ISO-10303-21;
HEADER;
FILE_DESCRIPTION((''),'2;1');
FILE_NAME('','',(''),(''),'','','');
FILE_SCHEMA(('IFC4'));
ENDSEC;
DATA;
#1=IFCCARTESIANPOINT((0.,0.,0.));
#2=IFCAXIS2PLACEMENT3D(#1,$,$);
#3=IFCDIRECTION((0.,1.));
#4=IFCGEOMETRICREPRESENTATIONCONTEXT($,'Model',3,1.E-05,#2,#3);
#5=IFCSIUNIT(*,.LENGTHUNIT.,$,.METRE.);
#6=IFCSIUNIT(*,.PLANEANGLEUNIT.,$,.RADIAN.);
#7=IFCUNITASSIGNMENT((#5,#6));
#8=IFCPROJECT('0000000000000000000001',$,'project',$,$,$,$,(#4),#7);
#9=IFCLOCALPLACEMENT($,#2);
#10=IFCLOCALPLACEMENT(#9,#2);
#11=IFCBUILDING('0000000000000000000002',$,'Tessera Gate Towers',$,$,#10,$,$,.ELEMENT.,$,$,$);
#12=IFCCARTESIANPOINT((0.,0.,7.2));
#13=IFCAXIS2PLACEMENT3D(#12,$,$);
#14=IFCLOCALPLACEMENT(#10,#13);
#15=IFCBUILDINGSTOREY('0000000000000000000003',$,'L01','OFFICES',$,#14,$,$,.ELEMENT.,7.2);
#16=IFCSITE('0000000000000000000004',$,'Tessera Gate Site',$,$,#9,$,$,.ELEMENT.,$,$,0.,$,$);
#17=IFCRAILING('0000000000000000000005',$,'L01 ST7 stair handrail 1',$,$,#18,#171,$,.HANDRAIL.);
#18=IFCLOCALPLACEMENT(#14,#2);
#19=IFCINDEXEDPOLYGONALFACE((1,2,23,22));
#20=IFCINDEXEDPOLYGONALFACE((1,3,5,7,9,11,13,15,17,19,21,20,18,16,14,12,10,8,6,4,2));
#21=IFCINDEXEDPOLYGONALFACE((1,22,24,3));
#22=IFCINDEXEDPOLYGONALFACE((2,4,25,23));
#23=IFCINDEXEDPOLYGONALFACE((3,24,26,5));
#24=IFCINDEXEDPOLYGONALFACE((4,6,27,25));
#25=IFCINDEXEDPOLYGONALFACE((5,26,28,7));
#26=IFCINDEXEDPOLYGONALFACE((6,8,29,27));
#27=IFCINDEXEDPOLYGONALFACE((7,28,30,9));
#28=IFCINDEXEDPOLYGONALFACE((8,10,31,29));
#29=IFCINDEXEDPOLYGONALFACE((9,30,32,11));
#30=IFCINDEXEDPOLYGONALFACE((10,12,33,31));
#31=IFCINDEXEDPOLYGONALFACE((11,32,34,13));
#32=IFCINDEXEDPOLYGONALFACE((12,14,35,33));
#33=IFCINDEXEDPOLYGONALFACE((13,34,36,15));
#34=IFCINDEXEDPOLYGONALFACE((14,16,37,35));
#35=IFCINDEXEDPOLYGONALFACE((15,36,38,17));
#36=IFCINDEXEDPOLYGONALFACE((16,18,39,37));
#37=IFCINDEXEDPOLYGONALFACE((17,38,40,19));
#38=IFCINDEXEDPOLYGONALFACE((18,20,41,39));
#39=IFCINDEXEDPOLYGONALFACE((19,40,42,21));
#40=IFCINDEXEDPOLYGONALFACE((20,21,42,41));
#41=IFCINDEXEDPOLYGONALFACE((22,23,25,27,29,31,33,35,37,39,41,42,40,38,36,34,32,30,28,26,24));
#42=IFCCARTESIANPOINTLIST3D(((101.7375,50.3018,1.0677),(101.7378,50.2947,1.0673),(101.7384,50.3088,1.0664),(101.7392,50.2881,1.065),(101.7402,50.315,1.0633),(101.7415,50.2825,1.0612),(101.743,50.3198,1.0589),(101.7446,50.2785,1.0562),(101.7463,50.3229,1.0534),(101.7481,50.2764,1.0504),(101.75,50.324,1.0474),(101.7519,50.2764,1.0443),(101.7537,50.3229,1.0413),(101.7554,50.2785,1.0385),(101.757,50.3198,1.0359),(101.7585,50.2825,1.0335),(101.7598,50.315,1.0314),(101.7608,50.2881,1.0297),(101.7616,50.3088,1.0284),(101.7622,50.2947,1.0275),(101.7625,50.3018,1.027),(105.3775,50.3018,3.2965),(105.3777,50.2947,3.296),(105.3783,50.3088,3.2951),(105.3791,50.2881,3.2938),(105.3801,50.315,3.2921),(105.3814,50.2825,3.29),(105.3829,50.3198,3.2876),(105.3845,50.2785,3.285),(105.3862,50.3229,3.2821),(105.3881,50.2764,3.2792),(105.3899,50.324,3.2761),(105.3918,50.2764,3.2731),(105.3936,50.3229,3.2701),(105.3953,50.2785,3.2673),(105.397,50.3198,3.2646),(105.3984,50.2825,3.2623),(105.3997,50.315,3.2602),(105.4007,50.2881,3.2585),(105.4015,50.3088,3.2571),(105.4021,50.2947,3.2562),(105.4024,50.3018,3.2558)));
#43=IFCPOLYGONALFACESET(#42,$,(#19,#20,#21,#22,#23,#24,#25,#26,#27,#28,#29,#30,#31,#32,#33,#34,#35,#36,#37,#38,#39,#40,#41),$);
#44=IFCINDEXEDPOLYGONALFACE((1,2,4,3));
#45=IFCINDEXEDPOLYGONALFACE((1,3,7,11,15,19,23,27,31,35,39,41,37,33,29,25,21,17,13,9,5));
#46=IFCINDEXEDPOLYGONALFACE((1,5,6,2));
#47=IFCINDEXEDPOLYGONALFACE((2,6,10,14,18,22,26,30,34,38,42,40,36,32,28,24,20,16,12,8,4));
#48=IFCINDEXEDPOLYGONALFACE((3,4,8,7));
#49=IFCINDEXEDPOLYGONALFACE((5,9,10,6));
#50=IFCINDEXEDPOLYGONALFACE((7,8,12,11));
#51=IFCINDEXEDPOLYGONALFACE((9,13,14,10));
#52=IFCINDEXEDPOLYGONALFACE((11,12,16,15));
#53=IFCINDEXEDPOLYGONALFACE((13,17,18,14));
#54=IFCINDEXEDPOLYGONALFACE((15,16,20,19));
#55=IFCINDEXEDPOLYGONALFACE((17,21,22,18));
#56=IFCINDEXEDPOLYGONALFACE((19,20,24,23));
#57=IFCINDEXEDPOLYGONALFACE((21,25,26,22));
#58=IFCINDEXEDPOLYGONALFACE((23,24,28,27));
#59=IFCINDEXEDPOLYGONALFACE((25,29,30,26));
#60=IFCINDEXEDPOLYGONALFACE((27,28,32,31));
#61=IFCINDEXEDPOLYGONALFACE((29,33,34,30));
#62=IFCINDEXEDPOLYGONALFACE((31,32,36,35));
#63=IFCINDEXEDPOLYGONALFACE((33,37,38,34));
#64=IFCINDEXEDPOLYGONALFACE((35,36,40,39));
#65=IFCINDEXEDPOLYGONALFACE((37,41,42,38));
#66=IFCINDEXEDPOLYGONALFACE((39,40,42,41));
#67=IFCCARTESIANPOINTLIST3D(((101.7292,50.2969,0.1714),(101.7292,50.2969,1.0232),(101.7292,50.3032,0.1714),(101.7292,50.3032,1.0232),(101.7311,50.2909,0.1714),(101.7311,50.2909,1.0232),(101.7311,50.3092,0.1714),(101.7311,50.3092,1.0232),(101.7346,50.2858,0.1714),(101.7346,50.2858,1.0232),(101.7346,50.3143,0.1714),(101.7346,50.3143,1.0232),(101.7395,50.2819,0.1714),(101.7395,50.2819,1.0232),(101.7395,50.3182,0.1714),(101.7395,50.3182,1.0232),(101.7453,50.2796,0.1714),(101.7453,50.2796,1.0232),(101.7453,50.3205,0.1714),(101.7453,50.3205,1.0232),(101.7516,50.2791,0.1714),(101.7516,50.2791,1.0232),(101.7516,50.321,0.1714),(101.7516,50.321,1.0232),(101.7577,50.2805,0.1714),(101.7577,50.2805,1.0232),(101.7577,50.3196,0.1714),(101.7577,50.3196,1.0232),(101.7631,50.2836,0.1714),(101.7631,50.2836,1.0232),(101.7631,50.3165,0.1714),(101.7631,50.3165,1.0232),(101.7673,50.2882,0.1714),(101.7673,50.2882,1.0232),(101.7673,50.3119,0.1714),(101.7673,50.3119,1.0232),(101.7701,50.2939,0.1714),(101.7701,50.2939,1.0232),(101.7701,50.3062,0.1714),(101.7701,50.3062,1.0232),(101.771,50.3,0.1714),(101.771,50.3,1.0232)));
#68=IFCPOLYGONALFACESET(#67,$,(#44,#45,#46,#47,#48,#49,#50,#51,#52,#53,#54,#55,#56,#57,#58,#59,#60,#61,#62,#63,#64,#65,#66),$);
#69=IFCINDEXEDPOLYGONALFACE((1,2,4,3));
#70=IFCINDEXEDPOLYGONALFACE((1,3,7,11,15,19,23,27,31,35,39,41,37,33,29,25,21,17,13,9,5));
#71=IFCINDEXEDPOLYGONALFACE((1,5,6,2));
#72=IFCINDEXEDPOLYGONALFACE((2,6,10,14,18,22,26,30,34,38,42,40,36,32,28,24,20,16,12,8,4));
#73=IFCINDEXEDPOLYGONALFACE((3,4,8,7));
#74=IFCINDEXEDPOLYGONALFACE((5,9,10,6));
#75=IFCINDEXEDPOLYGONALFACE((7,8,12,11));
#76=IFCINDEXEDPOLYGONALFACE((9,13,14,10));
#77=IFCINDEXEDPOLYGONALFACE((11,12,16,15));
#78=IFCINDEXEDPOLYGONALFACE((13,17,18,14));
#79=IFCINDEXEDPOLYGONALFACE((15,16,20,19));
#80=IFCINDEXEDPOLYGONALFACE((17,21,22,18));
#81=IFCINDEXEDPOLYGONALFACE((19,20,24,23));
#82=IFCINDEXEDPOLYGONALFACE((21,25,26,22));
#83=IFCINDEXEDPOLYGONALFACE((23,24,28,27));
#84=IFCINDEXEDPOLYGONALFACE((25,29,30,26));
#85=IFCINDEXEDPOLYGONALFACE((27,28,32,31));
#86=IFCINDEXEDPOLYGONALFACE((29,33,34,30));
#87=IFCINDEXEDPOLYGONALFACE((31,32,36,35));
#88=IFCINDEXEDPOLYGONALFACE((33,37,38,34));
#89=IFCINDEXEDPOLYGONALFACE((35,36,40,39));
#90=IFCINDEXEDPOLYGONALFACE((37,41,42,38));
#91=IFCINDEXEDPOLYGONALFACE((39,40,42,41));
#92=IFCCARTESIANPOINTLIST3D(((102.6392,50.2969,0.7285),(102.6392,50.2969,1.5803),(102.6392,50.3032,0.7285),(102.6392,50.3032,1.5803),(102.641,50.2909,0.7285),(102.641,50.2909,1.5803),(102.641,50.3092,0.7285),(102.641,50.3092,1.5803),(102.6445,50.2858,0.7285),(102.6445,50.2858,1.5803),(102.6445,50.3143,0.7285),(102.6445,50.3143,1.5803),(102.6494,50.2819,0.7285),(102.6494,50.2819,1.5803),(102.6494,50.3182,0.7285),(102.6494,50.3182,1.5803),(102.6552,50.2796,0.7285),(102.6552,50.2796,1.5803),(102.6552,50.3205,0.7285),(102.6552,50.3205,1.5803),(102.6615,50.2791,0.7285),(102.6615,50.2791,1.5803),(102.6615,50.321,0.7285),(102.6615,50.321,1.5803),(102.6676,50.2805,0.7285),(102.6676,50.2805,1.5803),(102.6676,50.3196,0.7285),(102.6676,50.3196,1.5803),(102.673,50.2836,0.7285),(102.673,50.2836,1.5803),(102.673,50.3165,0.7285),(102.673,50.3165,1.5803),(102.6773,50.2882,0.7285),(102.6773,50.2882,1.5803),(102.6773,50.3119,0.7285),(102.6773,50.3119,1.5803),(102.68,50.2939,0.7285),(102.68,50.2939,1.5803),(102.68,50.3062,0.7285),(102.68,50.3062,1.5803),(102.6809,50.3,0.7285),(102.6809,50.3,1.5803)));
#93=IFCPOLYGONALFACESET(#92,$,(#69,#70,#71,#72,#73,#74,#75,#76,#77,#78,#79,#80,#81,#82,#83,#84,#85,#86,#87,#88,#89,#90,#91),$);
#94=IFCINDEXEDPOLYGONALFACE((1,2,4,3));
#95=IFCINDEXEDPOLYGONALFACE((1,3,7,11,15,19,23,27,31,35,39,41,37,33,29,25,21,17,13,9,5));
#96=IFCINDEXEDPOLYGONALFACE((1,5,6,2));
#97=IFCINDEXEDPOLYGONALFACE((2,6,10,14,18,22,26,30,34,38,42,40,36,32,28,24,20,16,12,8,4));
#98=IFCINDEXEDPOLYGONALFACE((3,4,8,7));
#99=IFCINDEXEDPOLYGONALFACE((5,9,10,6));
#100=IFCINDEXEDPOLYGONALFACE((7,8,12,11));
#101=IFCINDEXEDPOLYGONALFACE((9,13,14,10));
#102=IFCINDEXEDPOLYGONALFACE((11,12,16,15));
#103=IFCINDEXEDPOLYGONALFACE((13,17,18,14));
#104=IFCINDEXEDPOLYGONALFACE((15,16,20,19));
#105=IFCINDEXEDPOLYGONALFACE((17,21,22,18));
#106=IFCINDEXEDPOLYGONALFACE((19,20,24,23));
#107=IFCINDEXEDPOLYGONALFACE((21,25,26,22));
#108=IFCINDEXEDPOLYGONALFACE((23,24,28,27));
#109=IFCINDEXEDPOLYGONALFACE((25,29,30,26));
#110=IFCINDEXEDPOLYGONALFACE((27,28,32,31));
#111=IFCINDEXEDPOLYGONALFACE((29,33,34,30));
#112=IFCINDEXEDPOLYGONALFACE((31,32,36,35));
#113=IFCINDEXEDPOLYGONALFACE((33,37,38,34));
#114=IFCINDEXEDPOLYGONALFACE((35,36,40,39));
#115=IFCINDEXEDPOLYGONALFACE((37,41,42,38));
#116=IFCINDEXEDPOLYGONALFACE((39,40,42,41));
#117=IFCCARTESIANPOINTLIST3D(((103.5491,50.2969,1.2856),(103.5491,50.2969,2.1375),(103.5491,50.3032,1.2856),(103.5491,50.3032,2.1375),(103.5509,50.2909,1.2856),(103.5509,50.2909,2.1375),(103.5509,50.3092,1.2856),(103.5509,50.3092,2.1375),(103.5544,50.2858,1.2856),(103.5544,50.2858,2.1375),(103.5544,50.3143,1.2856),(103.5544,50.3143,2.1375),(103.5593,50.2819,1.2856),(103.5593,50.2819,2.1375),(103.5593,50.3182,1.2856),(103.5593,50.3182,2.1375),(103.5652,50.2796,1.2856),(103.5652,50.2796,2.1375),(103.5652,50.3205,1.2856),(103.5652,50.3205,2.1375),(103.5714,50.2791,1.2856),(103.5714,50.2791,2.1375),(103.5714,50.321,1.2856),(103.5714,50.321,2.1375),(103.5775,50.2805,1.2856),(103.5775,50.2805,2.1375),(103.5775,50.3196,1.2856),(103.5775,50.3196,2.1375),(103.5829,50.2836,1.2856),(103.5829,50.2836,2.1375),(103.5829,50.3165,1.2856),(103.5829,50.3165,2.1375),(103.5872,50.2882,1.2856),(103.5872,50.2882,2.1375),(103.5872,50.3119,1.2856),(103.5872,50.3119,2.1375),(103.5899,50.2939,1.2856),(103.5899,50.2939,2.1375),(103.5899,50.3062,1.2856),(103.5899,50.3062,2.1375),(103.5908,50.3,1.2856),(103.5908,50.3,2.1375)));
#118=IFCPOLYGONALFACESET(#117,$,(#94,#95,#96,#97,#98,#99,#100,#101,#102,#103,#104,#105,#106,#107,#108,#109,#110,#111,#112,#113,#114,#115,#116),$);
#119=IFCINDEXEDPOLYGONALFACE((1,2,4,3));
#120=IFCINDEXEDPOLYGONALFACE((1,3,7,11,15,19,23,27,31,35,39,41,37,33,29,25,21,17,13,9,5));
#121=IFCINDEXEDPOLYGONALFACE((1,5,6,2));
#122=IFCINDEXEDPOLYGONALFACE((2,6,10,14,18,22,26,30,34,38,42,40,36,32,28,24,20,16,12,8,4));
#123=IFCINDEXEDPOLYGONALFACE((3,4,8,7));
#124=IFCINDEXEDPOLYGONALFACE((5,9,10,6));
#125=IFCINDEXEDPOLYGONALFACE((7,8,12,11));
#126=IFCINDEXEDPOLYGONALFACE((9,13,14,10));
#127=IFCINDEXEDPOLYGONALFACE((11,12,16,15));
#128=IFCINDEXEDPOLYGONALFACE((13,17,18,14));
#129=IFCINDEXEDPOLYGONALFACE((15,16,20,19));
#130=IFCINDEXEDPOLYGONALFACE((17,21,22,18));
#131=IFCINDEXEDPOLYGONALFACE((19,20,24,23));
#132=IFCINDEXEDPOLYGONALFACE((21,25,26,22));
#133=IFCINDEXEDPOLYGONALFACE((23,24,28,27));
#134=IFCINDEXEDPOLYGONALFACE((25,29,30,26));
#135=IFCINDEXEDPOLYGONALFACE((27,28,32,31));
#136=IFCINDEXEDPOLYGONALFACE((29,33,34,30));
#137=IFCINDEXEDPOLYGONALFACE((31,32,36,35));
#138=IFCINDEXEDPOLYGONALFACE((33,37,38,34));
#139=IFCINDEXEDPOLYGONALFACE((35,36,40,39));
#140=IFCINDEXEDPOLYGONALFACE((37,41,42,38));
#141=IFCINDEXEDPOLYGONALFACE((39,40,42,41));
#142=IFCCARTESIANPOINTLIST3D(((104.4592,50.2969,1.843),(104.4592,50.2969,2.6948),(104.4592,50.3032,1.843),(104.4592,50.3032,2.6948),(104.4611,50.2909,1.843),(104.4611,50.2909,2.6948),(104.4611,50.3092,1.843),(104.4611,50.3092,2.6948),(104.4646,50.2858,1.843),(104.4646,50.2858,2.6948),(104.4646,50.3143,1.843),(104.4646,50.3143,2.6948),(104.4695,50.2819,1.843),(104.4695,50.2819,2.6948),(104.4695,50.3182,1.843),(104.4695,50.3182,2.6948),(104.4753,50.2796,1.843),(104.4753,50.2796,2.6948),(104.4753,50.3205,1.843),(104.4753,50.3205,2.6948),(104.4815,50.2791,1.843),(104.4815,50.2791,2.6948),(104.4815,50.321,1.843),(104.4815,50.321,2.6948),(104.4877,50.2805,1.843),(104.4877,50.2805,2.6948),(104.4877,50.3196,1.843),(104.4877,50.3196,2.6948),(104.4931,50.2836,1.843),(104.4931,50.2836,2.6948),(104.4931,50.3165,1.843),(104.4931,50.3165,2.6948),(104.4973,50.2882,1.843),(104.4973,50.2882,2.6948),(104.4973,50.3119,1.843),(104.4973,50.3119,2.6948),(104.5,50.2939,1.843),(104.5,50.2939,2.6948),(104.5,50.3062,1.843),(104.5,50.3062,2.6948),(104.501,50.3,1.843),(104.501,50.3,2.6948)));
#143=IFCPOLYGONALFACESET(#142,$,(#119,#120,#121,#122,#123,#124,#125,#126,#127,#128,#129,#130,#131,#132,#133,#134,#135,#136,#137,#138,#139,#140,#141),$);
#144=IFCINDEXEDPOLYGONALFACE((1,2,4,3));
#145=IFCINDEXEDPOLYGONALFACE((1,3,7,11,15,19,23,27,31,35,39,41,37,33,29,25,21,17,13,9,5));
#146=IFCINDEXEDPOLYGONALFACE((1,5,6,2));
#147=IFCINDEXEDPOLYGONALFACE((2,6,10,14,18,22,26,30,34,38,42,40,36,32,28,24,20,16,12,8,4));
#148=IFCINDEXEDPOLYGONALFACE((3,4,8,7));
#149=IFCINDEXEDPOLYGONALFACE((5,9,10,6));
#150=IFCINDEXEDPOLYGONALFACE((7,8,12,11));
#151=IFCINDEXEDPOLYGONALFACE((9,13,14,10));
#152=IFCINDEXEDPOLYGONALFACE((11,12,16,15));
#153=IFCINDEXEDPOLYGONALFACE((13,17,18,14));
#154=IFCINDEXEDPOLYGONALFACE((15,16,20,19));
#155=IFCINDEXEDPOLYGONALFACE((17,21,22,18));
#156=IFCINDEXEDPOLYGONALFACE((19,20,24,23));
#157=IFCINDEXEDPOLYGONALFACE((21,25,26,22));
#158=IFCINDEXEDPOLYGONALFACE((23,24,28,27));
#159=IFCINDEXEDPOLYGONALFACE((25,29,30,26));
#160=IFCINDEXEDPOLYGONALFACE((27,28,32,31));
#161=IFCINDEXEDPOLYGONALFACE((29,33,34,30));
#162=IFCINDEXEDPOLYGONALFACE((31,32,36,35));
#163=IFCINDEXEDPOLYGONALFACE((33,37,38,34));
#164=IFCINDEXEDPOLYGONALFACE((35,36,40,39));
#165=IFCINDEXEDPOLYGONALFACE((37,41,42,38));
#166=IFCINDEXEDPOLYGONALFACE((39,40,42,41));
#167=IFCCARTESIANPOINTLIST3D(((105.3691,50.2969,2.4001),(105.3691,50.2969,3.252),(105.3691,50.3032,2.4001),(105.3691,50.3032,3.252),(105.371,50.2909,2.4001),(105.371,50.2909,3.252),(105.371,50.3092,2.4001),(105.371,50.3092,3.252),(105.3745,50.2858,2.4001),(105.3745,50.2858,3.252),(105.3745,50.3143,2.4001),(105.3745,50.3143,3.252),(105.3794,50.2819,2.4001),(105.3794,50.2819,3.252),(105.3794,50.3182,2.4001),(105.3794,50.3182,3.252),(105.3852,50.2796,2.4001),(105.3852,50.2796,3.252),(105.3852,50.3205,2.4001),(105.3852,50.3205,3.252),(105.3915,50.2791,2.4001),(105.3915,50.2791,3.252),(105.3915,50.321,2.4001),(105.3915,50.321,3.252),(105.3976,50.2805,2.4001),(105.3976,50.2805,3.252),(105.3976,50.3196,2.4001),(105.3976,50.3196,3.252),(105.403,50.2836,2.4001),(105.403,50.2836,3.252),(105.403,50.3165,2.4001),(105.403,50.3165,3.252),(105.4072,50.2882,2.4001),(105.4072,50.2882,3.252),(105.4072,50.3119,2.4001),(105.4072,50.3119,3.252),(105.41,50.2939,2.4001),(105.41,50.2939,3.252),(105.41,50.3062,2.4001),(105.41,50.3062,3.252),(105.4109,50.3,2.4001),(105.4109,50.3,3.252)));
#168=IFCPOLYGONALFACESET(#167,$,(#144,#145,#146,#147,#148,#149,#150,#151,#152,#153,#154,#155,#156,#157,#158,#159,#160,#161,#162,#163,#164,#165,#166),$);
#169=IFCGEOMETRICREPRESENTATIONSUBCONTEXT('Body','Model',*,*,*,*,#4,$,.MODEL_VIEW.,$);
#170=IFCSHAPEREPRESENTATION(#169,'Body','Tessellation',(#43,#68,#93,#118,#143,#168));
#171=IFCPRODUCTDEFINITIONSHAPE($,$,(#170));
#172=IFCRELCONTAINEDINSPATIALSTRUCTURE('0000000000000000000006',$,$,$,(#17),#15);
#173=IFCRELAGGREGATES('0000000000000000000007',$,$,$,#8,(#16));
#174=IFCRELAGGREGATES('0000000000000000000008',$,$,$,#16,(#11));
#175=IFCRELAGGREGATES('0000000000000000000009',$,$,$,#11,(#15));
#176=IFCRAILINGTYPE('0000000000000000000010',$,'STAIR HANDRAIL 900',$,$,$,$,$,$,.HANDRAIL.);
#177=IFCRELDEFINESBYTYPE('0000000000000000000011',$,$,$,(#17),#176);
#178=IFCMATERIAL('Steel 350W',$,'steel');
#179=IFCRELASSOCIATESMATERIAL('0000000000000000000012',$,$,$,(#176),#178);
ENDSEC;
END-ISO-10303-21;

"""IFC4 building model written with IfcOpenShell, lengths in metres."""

from ifc_helpers import new_model, si_unit, direction, frame, origin, origin_2d, place, context, subcontext, project, spatial, circle, extrude, material, type_object, element, save


model = new_model("IFC4")

# Units and contexts
model_context = context("Model", 3, precision=1e-05, world=origin(), true_north=direction((0.0, 1.0)))
body_context = subcontext(model_context, "Body", "Model", "MODEL_VIEW")
ifc_project = project(units=[si_unit("LENGTHUNIT", "METRE"), si_unit("PLANEANGLEUNIT", "RADIAN")], contexts=[model_context])

# Site, building, storey
site_placement = place(None, origin())
site = spatial("IfcSite", under=ifc_project, at=site_placement, Name="Tessera Gate Site", CompositionType="ELEMENT", RefElevation=0.0)
building_placement = place(site_placement, origin())
building = spatial("IfcBuilding", under=site, at=building_placement, Name="Tessera Gate Towers", CompositionType="ELEMENT")
storey_placement = place(building_placement, frame((0.0, 0.0, 7.2)))
storey = spatial("IfcBuildingStorey", under=building, at=storey_placement, Name="L01", Description="OFFICES", CompositionType="ELEMENT", Elevation=7.2)

# Railing
ifc_material_1 = material(Name="Steel 350W", Category="steel")
railing_type_1 = type_object("IfcRailingType", Name="STAIR HANDRAIL 900", PredefinedType="HANDRAIL", material=ifc_material_1)
railing_1_placement = place(storey_placement, frame((101.75, 50.3, 0.1714)))
element("IfcRailing", 1, at=railing_1_placement, inside=storey, type_object=railing_type_1, Name="L01 ST7 stair handrail 1", PredefinedType="HANDRAIL", context=body_context, shape_type="SweptSolid", body=[
    extrude(circle(Radius=0.0239, at=origin_2d()), frame((0.0, 0.0, 0.876), z_axis=(0.852825, 0.0, 0.522197), x_axis=(0.0, 1.0, 0.0)), (0.0, 0.0, 1.0), 4.2681),
    extrude(circle(Radius=0.021, at=origin_2d()), origin(), (0.0, 0.0, 1.0), 0.8518),
    extrude(circle(Radius=0.021, at=origin_2d()), frame((0.9099, 0.0, 0.5571)), (0.0, 0.0, 1.0), 0.8518),
    extrude(circle(Radius=0.021, at=origin_2d()), frame((1.8198, 0.0, 1.1143)), (0.0, 0.0, 1.0), 0.8518),
    extrude(circle(Radius=0.021, at=origin_2d()), frame((2.73, 0.0, 1.6716)), (0.0, 0.0, 1.0), 0.8518),
    extrude(circle(Radius=0.021, at=origin_2d()), frame((3.6399, 0.0, 2.2288)), (0.0, 0.0, 1.0), 0.8518),
])

save(model, "model.ifc")
